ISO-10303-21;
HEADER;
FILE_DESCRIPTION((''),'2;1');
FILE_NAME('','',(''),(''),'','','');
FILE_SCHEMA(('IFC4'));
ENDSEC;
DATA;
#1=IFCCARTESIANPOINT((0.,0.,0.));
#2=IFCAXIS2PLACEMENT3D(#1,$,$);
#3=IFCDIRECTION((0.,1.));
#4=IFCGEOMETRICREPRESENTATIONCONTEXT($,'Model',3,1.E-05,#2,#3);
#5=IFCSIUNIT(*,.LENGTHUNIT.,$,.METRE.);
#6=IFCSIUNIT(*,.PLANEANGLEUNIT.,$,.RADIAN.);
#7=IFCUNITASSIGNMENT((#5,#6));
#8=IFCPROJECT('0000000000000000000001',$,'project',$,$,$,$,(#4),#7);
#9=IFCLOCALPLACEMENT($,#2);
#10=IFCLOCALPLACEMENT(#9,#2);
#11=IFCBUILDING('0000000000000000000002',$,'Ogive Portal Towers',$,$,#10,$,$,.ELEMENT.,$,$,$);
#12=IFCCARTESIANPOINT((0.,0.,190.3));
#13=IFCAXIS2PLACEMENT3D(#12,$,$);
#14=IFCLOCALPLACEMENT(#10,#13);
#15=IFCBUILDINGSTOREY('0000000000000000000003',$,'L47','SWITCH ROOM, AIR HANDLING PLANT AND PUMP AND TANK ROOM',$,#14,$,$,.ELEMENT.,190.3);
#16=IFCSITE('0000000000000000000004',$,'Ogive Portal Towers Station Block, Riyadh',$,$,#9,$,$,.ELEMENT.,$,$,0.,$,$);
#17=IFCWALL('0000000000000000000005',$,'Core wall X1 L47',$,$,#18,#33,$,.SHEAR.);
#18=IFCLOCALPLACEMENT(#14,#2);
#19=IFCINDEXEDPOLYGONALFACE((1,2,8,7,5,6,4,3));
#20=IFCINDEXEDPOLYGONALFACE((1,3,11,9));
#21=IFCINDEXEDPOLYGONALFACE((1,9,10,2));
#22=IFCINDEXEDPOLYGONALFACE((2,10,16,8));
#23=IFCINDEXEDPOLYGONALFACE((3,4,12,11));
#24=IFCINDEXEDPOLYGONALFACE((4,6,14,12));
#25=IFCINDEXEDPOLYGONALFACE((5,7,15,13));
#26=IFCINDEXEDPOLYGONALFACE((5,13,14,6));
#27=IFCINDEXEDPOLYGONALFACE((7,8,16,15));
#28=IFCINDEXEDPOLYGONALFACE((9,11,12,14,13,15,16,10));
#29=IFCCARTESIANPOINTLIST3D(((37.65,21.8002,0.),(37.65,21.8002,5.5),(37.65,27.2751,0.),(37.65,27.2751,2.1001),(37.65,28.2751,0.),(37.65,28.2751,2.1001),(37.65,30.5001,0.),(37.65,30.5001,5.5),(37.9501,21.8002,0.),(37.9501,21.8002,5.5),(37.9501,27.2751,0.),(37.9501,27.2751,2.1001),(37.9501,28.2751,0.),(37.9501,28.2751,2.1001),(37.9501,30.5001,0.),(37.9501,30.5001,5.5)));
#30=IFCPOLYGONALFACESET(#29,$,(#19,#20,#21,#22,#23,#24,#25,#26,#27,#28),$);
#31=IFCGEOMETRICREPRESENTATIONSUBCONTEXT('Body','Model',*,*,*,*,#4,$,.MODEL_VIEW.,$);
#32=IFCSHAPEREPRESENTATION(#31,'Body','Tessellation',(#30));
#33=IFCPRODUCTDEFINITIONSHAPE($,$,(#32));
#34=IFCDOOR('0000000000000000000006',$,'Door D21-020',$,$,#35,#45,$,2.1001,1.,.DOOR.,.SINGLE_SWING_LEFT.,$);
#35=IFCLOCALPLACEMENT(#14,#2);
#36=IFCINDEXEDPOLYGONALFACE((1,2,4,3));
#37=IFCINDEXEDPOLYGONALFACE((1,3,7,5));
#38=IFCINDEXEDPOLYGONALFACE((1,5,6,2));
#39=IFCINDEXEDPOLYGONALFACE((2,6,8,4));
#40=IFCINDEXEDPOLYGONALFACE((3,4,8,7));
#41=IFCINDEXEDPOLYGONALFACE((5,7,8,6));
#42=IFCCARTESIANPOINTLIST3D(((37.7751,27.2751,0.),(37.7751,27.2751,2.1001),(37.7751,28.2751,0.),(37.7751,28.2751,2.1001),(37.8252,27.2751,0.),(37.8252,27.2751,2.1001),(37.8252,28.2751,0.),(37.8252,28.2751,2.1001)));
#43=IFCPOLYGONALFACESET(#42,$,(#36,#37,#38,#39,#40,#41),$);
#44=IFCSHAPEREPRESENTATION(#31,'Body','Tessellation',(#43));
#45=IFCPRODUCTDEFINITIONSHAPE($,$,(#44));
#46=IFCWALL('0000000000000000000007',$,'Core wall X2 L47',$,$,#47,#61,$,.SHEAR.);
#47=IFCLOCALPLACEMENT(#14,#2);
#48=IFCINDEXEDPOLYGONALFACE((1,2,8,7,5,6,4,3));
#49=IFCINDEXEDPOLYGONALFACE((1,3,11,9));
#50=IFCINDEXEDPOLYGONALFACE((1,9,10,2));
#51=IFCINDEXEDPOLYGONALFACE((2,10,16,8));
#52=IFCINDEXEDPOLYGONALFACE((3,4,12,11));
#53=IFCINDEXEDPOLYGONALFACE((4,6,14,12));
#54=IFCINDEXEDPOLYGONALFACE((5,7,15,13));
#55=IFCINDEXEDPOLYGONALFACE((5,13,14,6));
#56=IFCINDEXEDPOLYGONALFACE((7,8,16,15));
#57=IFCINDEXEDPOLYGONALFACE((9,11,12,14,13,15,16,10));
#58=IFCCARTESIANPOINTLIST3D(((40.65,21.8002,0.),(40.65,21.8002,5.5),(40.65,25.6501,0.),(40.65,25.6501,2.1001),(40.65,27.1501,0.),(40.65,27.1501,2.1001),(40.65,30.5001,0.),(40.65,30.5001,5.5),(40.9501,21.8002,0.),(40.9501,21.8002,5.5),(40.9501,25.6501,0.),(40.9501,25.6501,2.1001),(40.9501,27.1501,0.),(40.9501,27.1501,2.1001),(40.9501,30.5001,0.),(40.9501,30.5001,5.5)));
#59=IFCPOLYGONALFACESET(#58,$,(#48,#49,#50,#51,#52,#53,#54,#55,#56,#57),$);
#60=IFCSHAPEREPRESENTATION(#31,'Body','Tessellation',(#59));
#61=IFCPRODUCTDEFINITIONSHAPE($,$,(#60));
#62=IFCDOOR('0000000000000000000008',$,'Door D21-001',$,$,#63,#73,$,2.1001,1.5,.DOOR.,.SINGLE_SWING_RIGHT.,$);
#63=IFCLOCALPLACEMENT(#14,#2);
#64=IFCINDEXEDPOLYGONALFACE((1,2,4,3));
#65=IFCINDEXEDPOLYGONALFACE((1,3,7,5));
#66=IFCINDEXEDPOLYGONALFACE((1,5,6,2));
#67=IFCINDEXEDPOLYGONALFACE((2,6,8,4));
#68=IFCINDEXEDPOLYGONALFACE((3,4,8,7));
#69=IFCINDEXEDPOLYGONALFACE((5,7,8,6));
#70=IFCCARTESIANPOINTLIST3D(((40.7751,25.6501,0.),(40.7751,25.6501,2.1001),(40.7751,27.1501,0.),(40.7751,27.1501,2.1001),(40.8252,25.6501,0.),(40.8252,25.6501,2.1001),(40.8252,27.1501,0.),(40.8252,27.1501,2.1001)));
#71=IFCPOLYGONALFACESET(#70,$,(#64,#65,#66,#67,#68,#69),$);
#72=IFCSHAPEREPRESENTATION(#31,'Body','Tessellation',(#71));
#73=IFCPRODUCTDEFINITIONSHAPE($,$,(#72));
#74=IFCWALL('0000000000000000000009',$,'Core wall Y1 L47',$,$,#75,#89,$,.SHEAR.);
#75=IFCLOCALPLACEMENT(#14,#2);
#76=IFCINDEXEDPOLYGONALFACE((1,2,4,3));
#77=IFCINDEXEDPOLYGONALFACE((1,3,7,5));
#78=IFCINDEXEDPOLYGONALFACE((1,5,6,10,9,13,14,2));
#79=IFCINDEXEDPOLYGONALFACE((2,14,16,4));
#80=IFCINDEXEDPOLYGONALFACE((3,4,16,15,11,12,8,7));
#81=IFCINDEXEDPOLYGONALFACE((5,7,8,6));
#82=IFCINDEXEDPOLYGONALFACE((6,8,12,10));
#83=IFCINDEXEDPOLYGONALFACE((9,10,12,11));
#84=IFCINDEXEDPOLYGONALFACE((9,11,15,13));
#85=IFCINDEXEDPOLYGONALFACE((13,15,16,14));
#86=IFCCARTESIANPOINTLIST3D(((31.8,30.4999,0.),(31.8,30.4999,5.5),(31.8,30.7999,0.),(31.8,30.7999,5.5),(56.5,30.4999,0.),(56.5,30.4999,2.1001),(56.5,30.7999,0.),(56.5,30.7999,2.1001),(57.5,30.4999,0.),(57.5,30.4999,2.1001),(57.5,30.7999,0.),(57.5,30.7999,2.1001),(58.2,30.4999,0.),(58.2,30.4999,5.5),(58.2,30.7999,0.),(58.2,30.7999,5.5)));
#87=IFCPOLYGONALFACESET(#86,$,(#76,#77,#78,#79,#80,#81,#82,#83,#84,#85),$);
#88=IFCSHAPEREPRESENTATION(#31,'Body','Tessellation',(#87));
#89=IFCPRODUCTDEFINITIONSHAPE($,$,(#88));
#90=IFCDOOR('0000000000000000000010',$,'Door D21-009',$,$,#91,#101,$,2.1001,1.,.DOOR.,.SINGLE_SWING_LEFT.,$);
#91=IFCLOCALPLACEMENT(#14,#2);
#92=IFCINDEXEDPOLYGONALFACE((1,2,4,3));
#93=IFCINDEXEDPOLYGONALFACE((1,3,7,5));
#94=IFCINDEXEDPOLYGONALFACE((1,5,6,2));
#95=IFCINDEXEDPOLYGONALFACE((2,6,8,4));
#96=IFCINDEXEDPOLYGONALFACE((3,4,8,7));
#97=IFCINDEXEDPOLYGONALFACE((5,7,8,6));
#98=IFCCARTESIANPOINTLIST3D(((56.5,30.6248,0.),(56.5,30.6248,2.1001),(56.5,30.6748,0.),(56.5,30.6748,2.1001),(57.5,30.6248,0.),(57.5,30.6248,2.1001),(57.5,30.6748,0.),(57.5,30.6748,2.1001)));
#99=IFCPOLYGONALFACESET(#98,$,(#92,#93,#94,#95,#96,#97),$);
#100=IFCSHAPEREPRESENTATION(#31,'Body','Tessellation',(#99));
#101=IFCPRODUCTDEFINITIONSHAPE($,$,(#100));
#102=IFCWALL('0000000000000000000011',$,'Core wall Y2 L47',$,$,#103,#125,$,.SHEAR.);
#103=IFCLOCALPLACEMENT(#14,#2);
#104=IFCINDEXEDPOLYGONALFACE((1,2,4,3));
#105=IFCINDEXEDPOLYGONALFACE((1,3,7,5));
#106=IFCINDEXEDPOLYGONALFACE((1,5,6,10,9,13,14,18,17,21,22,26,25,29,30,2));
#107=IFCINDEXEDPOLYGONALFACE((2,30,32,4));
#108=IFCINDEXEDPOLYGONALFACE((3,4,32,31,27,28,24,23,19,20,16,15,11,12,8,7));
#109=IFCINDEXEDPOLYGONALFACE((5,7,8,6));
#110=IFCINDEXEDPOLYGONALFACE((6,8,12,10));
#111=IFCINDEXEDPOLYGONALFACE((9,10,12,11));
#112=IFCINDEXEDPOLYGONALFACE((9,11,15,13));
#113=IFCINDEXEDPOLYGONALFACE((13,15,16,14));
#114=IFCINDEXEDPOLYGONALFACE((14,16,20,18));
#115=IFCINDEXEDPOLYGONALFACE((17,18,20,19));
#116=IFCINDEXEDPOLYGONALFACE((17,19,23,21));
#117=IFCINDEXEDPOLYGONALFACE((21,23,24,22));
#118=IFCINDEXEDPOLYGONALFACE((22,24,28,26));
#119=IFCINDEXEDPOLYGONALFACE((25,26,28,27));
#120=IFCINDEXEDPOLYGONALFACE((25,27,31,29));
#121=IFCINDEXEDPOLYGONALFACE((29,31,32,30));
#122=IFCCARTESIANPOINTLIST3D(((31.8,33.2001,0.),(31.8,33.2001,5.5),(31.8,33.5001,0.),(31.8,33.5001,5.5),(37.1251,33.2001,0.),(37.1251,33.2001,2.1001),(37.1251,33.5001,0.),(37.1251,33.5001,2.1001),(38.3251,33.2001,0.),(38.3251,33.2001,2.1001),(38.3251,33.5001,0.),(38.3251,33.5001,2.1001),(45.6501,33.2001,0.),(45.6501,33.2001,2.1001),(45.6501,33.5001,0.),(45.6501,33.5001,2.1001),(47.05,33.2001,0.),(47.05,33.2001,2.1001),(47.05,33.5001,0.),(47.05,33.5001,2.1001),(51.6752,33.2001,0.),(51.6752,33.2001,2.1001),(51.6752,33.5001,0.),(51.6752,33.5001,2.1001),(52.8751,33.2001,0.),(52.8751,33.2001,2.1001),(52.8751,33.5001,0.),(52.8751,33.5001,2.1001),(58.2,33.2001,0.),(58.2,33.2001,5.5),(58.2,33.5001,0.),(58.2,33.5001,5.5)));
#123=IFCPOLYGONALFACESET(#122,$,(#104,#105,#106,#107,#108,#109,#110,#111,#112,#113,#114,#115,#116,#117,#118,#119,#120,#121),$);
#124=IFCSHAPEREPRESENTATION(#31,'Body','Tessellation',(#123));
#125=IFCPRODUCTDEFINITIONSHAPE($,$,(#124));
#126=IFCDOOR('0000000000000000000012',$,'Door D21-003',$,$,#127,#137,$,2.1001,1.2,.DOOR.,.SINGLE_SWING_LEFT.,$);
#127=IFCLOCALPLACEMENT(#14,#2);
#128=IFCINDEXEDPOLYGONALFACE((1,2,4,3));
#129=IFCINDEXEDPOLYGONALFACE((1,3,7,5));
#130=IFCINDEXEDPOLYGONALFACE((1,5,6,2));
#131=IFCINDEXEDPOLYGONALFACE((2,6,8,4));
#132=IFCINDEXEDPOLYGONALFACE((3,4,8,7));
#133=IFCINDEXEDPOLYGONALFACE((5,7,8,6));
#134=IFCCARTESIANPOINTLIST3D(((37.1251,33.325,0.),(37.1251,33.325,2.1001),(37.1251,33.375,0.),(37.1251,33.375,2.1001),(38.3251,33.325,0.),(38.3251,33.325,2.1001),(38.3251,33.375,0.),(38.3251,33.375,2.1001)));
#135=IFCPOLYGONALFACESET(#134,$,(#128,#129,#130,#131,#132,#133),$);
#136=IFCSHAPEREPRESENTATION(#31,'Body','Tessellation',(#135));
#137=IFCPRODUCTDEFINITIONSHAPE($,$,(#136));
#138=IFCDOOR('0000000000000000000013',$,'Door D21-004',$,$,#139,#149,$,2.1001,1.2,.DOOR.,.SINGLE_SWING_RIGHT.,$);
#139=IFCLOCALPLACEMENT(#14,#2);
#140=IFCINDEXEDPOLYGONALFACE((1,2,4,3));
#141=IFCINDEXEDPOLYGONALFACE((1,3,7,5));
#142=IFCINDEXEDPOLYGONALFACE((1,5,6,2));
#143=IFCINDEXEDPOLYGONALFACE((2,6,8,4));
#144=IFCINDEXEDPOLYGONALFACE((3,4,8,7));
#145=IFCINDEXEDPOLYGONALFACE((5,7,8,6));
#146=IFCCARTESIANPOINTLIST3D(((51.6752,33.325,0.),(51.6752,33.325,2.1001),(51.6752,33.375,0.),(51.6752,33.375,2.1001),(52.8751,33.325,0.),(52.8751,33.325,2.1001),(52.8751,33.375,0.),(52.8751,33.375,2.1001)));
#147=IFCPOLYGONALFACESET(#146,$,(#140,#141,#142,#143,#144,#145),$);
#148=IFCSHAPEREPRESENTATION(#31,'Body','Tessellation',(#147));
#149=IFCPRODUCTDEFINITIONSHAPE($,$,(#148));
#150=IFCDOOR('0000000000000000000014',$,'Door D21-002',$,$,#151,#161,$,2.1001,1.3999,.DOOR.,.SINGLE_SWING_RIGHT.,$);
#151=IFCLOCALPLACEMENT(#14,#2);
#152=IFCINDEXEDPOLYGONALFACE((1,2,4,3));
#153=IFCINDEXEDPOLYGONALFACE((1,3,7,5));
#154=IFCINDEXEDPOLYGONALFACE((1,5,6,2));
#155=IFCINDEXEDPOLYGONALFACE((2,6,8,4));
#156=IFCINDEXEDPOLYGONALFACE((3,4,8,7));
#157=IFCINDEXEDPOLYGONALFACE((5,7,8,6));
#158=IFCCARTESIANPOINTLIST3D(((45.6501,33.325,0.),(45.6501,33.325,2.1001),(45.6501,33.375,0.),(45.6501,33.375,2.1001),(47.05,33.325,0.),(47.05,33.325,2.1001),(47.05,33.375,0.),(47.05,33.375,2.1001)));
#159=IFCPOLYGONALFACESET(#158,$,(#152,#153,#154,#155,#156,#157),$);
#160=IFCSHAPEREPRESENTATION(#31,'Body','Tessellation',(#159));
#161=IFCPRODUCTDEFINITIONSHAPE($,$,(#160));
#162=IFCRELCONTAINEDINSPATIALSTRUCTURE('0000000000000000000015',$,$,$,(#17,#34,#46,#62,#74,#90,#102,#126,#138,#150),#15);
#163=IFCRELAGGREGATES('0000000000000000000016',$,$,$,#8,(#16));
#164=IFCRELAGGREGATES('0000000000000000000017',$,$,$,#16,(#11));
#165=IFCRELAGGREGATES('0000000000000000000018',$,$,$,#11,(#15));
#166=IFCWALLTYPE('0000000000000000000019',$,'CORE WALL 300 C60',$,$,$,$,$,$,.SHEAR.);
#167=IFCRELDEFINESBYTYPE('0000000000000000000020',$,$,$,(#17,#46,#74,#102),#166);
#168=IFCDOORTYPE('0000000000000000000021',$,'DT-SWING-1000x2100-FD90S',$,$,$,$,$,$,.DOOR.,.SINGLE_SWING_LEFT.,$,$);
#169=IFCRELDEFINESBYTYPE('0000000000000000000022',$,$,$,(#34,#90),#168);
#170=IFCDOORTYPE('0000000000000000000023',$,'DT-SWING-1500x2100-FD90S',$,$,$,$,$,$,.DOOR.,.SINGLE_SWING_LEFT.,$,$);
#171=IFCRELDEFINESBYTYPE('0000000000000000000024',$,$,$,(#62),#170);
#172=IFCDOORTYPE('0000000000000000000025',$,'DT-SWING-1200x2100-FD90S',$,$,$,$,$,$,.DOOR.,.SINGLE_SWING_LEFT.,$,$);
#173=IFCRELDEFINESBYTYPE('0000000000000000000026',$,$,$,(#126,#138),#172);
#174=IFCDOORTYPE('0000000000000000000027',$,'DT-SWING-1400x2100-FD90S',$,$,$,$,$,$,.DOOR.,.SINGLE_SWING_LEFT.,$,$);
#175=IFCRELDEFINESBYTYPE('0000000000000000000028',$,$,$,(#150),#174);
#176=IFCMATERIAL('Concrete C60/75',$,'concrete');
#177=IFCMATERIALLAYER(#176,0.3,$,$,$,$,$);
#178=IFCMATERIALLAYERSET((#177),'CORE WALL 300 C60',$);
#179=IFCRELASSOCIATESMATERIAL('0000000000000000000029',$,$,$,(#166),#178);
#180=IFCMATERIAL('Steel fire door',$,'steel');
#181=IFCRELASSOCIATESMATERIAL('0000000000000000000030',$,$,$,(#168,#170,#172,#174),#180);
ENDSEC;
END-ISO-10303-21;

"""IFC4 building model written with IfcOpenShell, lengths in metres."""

from ifc_helpers import new_model, si_unit, direction, frame, frame_2d, origin, place, context, subcontext, project, spatial, rectangle, extrude, material, layer, layer_set, type_object, element, fill, save


model = new_model("IFC4")

# Units and contexts
model_context = context("Model", 3, precision=1e-05, world=origin(), true_north=direction((0.0, 1.0)))
body_context = subcontext(model_context, "Body", "Model", "MODEL_VIEW")
ifc_project = project(units=[si_unit("LENGTHUNIT", "METRE"), si_unit("PLANEANGLEUNIT", "RADIAN")], contexts=[model_context])

# Site, building, storey
site_placement = place(None, origin())
site = spatial("IfcSite", under=ifc_project, at=site_placement, Name="Ogive Portal Towers Station Block, Riyadh", CompositionType="ELEMENT", RefElevation=0.0)
building_placement = place(site_placement, origin())
building = spatial("IfcBuilding", under=site, at=building_placement, Name="Ogive Portal Towers", CompositionType="ELEMENT")
storey_placement = place(building_placement, frame((0.0, 0.0, 190.3)))
storey = spatial("IfcBuildingStorey", under=building, at=storey_placement, Name="L47", Description="SWITCH ROOM, AIR HANDLING PLANT AND PUMP AND TANK ROOM", CompositionType="ELEMENT", Elevation=190.3)

# Walls, openings, doors
ifc_material_1 = material(Name="Concrete C60/75", Category="concrete")
ifc_layer_1 = layer(ifc_material_1, 0.3)
ifc_layer_set_1 = layer_set([ifc_layer_1], Name="CORE WALL 300 C60")
wall_type_1 = type_object("IfcWallType", Name="CORE WALL 300 C60", PredefinedType="SHEAR", material=ifc_layer_set_1)
wall_1_placement = place(storey_placement, frame((37.8, 21.8, 0.0), z_axis=(0.0, 0.0, 1.0), x_axis=(0.0, 1.0, 0.0)))
wall_1 = element("IfcWall", 1, at=wall_1_placement, inside=storey, type_object=wall_type_1, Name="Core wall X1 L47", PredefinedType="SHEAR", context=body_context, shape_type="SweptSolid", body=[
    extrude(rectangle(XDim=8.7, YDim=0.3, at=frame_2d((4.3501, 0.0))), origin(), (0.0, 0.0, 1.0), 5.5),
])
opening_1_placement = place(wall_1_placement, frame((5.4751, 0.0, 0.0)))
opening_1 = element("IfcOpeningElement", 2, at=opening_1_placement, cuts=wall_1, PredefinedType="OPENING", context=body_context, shape_type="SweptSolid", body=[
    extrude(rectangle(XDim=1.0, YDim=2.1001, at=frame_2d((0.5, 1.05))), frame((0.0, 0.1602, 0.0), z_axis=(0.0, -1.0, 0.0), x_axis=(1.0, 0.0, 0.0)), (0.0, 0.0, 1.0), 0.3201),
])
ifc_material_2 = material(Name="Steel fire door", Category="steel")
door_type_1 = type_object("IfcDoorType", Name="DT-SWING-1000x2100-FD90S", OperationType="SINGLE_SWING_LEFT", PredefinedType="DOOR", material=ifc_material_2)
door_1_placement = place(opening_1_placement, origin())
door_1 = element("IfcDoor", 3, at=door_1_placement, inside=storey, type_object=door_type_1, Name="Door D21-020", OperationType="SINGLE_SWING_LEFT", OverallHeight=2.1001, OverallWidth=1.0, PredefinedType="DOOR", context=body_context, shape_type="SweptSolid", body=[
    extrude(rectangle(XDim=1.0, YDim=2.1001, at=frame_2d((0.5, 1.05))), frame((0.0, 0.0249, 0.0), z_axis=(0.0, -1.0, 0.0), x_axis=(1.0, 0.0, 0.0)), (0.0, 0.0, 1.0), 0.05),
])
fill(opening_1, door_1)
wall_2_placement = place(storey_placement, frame((40.8, 21.8, 0.0), z_axis=(0.0, 0.0, 1.0), x_axis=(0.0, 1.0, 0.0)))
wall_2 = element("IfcWall", 4, at=wall_2_placement, inside=storey, type_object=wall_type_1, Name="Core wall X2 L47", PredefinedType="SHEAR", context=body_context, shape_type="SweptSolid", body=[
    extrude(rectangle(XDim=8.7, YDim=0.3, at=frame_2d((4.3501, 0.0))), origin(), (0.0, 0.0, 1.0), 5.5),
])
opening_2_placement = place(wall_2_placement, frame((3.8501, 0.0, 0.0)))
opening_2 = element("IfcOpeningElement", 5, at=opening_2_placement, cuts=wall_2, PredefinedType="OPENING", context=body_context, shape_type="SweptSolid", body=[
    extrude(rectangle(XDim=1.5, YDim=2.1001, at=frame_2d((0.75, 1.05))), frame((0.0, 0.1602, 0.0), z_axis=(0.0, -1.0, 0.0), x_axis=(1.0, 0.0, 0.0)), (0.0, 0.0, 1.0), 0.3201),
])
door_type_2 = type_object("IfcDoorType", Name="DT-SWING-1500x2100-FD90S", OperationType="SINGLE_SWING_LEFT", PredefinedType="DOOR", material=ifc_material_2)
door_2_placement = place(opening_2_placement, origin())
door_2 = element("IfcDoor", 6, at=door_2_placement, inside=storey, type_object=door_type_2, Name="Door D21-001", OperationType="SINGLE_SWING_RIGHT", OverallHeight=2.1001, OverallWidth=1.5, PredefinedType="DOOR", context=body_context, shape_type="SweptSolid", body=[
    extrude(rectangle(XDim=1.5, YDim=2.1001, at=frame_2d((0.75, 1.05))), frame((0.0, 0.0249, 0.0), z_axis=(0.0, -1.0, 0.0), x_axis=(1.0, 0.0, 0.0)), (0.0, 0.0, 1.0), 0.05),
])
fill(opening_2, door_2)
wall_3_placement = place(storey_placement, frame((31.8, 30.6499, 0.0), z_axis=(0.0, 0.0, 1.0), x_axis=(1.0, 0.0, 0.0)))
wall_3 = element("IfcWall", 7, at=wall_3_placement, inside=storey, type_object=wall_type_1, Name="Core wall Y1 L47", PredefinedType="SHEAR", context=body_context, shape_type="SweptSolid", body=[
    extrude(rectangle(XDim=26.3999, YDim=0.3, at=frame_2d((13.2, 0.0))), origin(), (0.0, 0.0, 1.0), 5.5),
])
opening_3_placement = place(wall_3_placement, frame((24.7, 0.0, 0.0)))
opening_3 = element("IfcOpeningElement", 8, at=opening_3_placement, cuts=wall_3, PredefinedType="OPENING", context=body_context, shape_type="SweptSolid", body=[
    extrude(rectangle(XDim=1.0, YDim=2.1001, at=frame_2d((0.5, 1.05))), frame((0.0, 0.1602, 0.0), z_axis=(0.0, -1.0, 0.0), x_axis=(1.0, 0.0, 0.0)), (0.0, 0.0, 1.0), 0.3201),
])
door_3_placement = place(opening_3_placement, origin())
door_3 = element("IfcDoor", 9, at=door_3_placement, inside=storey, type_object=door_type_1, Name="Door D21-009", OperationType="SINGLE_SWING_LEFT", OverallHeight=2.1001, OverallWidth=1.0, PredefinedType="DOOR", context=body_context, shape_type="SweptSolid", body=[
    extrude(rectangle(XDim=1.0, YDim=2.1001, at=frame_2d((0.5, 1.05))), frame((0.0, 0.0249, 0.0), z_axis=(0.0, -1.0, 0.0), x_axis=(1.0, 0.0, 0.0)), (0.0, 0.0, 1.0), 0.05),
])
fill(opening_3, door_3)

# Wall, openings, doors
wall_4_placement = place(storey_placement, frame((31.8, 33.3501, 0.0), z_axis=(0.0, 0.0, 1.0), x_axis=(1.0, 0.0, 0.0)))
wall_4 = element("IfcWall", 10, at=wall_4_placement, inside=storey, type_object=wall_type_1, Name="Core wall Y2 L47", PredefinedType="SHEAR", context=body_context, shape_type="SweptSolid", body=[
    extrude(rectangle(XDim=26.3999, YDim=0.3, at=frame_2d((13.2, 0.0))), origin(), (0.0, 0.0, 1.0), 5.5),
])
opening_4_placement = place(wall_4_placement, frame((13.8501, 0.0, 0.0)))
opening_4 = element("IfcOpeningElement", 11, at=opening_4_placement, cuts=wall_4, PredefinedType="OPENING", context=body_context, shape_type="SweptSolid", body=[
    extrude(rectangle(XDim=1.3999, YDim=2.1001, at=frame_2d((0.7, 1.05))), frame((0.0, 0.1602, 0.0), z_axis=(0.0, -1.0, 0.0), x_axis=(1.0, 0.0, 0.0)), (0.0, 0.0, 1.0), 0.3201),
])
opening_5_placement = place(wall_4_placement, frame((5.325, 0.0, 0.0)))
opening_5 = element("IfcOpeningElement", 12, at=opening_5_placement, cuts=wall_4, PredefinedType="OPENING", context=body_context, shape_type="SweptSolid", body=[
    extrude(rectangle(XDim=1.2, YDim=2.1001, at=frame_2d((0.6001, 1.05))), frame((0.0, 0.1602, 0.0), z_axis=(0.0, -1.0, 0.0), x_axis=(1.0, 0.0, 0.0)), (0.0, 0.0, 1.0), 0.3201),
])
opening_6_placement = place(wall_4_placement, frame((19.875, 0.0, 0.0)))
opening_6 = element("IfcOpeningElement", 13, at=opening_6_placement, cuts=wall_4, PredefinedType="OPENING", context=body_context, shape_type="SweptSolid", body=[
    extrude(rectangle(XDim=1.2, YDim=2.1001, at=frame_2d((0.6001, 1.05))), frame((0.0, 0.1602, 0.0), z_axis=(0.0, -1.0, 0.0), x_axis=(1.0, 0.0, 0.0)), (0.0, 0.0, 1.0), 0.3201),
])
door_type_3 = type_object("IfcDoorType", Name="DT-SWING-1200x2100-FD90S", OperationType="SINGLE_SWING_LEFT", PredefinedType="DOOR", material=ifc_material_2)
door_4_placement = place(opening_5_placement, origin())
door_4 = element("IfcDoor", 14, at=door_4_placement, inside=storey, type_object=door_type_3, Name="Door D21-003", OperationType="SINGLE_SWING_LEFT", OverallHeight=2.1001, OverallWidth=1.2, PredefinedType="DOOR", context=body_context, shape_type="SweptSolid", body=[
    extrude(rectangle(XDim=1.2, YDim=2.1001, at=frame_2d((0.6001, 1.05))), frame((0.0, 0.0249, 0.0), z_axis=(0.0, -1.0, 0.0), x_axis=(1.0, 0.0, 0.0)), (0.0, 0.0, 1.0), 0.05),
])
fill(opening_5, door_4)
door_5_placement = place(opening_6_placement, origin())
door_5 = element("IfcDoor", 15, at=door_5_placement, inside=storey, type_object=door_type_3, Name="Door D21-004", OperationType="SINGLE_SWING_RIGHT", OverallHeight=2.1001, OverallWidth=1.2, PredefinedType="DOOR", context=body_context, shape_type="SweptSolid", body=[
    extrude(rectangle(XDim=1.2, YDim=2.1001, at=frame_2d((0.6001, 1.05))), frame((0.0, 0.0249, 0.0), z_axis=(0.0, -1.0, 0.0), x_axis=(1.0, 0.0, 0.0)), (0.0, 0.0, 1.0), 0.05),
])
fill(opening_6, door_5)
door_type_4 = type_object("IfcDoorType", Name="DT-SWING-1400x2100-FD90S", OperationType="SINGLE_SWING_LEFT", PredefinedType="DOOR", material=ifc_material_2)
door_6_placement = place(opening_4_placement, origin())
door_6 = element("IfcDoor", 16, at=door_6_placement, inside=storey, type_object=door_type_4, Name="Door D21-002", OperationType="SINGLE_SWING_RIGHT", OverallHeight=2.1001, OverallWidth=1.3999, PredefinedType="DOOR", context=body_context, shape_type="SweptSolid", body=[
    extrude(rectangle(XDim=1.3999, YDim=2.1001, at=frame_2d((0.7, 1.05))), frame((0.0, 0.0249, 0.0), z_axis=(0.0, -1.0, 0.0), x_axis=(1.0, 0.0, 0.0)), (0.0, 0.0, 1.0), 0.05),
])
fill(opening_4, door_6)

save(model, "model.ifc")
